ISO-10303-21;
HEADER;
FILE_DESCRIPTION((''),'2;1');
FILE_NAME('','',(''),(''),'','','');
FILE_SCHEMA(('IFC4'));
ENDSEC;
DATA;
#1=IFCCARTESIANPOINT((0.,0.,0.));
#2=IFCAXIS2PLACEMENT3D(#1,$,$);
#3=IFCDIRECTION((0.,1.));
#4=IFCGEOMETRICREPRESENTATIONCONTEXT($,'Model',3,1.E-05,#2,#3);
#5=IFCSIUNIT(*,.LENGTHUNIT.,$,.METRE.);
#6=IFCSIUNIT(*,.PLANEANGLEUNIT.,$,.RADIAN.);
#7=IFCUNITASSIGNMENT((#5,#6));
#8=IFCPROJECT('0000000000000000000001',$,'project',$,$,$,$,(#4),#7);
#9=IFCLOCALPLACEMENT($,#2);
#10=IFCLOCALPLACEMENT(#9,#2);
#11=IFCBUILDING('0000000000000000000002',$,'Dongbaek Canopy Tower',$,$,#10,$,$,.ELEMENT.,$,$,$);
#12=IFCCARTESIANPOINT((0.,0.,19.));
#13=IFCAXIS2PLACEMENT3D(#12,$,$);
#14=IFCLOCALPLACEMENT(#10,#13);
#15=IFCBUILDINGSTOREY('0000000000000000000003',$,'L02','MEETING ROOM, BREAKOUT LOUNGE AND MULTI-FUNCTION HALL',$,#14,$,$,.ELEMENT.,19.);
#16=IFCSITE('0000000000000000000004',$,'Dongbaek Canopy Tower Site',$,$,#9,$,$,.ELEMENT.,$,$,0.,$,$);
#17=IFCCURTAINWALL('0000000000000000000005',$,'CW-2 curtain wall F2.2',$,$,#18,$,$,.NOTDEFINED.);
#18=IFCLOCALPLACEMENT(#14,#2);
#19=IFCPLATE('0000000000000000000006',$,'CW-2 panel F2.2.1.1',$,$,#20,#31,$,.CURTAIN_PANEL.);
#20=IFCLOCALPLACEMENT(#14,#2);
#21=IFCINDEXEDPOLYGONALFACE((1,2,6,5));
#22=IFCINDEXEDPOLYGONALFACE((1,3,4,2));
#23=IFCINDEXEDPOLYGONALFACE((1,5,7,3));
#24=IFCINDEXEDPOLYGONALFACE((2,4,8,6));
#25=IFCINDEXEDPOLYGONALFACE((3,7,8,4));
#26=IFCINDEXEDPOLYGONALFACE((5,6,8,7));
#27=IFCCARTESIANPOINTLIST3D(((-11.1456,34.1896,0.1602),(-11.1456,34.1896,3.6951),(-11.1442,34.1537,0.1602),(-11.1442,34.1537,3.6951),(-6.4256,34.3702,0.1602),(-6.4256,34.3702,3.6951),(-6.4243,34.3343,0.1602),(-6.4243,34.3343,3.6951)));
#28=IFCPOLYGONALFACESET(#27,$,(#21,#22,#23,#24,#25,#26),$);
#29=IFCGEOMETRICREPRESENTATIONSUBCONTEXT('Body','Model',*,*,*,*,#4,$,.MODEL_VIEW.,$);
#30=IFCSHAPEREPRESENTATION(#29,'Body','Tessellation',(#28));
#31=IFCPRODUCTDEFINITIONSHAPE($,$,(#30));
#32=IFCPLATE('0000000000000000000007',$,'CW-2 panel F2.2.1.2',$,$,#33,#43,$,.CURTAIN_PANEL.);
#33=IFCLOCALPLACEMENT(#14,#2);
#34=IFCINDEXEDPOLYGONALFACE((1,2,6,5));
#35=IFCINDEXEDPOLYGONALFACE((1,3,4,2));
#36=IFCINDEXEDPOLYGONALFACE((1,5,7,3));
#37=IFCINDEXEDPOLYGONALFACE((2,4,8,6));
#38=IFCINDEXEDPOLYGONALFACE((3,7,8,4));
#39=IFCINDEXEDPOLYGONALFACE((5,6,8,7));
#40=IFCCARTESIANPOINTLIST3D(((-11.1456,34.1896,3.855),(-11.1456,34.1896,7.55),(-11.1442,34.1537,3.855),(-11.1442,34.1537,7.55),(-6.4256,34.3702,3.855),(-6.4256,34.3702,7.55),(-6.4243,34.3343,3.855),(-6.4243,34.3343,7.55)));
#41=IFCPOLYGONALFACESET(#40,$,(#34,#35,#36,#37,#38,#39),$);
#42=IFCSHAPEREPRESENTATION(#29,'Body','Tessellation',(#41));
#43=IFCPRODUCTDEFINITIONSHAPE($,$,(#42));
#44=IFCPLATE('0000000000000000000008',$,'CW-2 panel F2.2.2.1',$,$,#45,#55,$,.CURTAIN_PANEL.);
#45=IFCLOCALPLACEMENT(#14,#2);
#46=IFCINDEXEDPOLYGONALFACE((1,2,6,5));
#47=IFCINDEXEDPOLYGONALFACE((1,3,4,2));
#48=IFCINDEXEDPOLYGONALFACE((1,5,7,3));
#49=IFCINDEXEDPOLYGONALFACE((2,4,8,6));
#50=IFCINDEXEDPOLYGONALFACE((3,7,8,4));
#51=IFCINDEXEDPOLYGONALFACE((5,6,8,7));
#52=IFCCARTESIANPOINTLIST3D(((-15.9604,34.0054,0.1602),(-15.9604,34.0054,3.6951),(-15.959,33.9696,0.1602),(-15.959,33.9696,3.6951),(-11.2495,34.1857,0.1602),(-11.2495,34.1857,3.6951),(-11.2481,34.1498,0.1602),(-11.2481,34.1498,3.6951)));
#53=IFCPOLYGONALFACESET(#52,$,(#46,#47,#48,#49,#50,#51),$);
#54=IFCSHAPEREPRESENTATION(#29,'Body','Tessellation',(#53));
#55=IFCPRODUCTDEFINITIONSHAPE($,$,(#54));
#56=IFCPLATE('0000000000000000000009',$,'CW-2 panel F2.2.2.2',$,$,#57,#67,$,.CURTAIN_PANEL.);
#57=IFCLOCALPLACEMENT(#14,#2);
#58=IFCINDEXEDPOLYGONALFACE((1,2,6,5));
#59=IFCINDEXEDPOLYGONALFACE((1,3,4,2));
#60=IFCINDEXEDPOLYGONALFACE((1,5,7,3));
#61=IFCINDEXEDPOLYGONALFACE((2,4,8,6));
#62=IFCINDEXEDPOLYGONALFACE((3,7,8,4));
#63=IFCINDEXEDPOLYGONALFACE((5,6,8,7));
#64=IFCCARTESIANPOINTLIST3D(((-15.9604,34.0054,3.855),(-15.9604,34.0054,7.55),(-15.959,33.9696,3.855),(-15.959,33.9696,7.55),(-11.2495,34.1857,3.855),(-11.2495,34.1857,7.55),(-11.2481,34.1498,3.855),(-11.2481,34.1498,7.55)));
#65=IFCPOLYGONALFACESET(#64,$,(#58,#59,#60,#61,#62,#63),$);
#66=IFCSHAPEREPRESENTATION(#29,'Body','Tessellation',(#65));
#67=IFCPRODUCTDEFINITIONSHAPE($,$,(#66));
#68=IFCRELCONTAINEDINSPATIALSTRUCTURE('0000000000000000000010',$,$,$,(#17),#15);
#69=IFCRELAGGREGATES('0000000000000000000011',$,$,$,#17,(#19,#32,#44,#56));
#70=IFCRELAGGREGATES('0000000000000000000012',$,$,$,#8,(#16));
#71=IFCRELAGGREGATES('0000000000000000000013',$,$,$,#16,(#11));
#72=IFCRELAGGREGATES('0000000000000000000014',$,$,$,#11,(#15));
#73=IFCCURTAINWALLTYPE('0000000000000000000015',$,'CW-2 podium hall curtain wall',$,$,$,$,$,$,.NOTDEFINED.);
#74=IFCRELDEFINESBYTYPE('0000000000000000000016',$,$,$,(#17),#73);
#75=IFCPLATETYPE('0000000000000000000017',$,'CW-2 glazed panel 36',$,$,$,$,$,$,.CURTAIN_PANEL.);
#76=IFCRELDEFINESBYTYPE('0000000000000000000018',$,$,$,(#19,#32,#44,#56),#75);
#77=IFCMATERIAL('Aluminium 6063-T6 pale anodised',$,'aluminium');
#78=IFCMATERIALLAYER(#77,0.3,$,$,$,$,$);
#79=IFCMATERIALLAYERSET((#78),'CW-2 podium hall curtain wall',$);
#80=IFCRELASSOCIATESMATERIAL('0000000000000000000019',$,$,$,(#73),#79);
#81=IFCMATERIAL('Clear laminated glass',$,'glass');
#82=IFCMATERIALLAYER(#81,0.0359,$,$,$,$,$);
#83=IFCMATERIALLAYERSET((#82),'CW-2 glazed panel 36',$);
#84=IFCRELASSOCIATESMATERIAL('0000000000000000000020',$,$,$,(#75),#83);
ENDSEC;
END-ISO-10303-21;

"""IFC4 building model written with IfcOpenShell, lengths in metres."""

from ifc_helpers import new_model, si_unit, direction, frame, origin, origin_2d, place, context, subcontext, project, spatial, rectangle, extrude, material, layer, layer_set, type_object, element, aggregate, save


model = new_model("IFC4")

# Units and contexts
model_context = context("Model", 3, precision=1e-05, world=origin(), true_north=direction((0.0, 1.0)))
body_context = subcontext(model_context, "Body", "Model", "MODEL_VIEW")
ifc_project = project(units=[si_unit("LENGTHUNIT", "METRE"), si_unit("PLANEANGLEUNIT", "RADIAN")], contexts=[model_context])

# Site, building, storey
site_placement = place(None, origin())
site = spatial("IfcSite", under=ifc_project, at=site_placement, Name="Dongbaek Canopy Tower Site", CompositionType="ELEMENT", RefElevation=0.0)
building_placement = place(site_placement, origin())
building = spatial("IfcBuilding", under=site, at=building_placement, Name="Dongbaek Canopy Tower", CompositionType="ELEMENT")
storey_placement = place(building_placement, frame((0.0, 0.0, 19.0)))
storey = spatial("IfcBuildingStorey", under=building, at=storey_placement, Name="L02", Description="MEETING ROOM, BREAKOUT LOUNGE AND MULTI-FUNCTION HALL", CompositionType="ELEMENT", Elevation=19.0)

# Curtain wall
ifc_material_1 = material(Name="Aluminium 6063-T6 pale anodised", Category="aluminium")
ifc_layer_1 = layer(ifc_material_1, 0.3)
ifc_layer_set_1 = layer_set([ifc_layer_1], Name="CW-2 podium hall curtain wall")
curtain_wall_type = type_object("IfcCurtainWallType", Name="CW-2 podium hall curtain wall", PredefinedType="NOTDEFINED", material=ifc_layer_set_1)
curtain_wall_1_placement = place(storey_placement, origin())
curtain_wall_1 = element("IfcCurtainWall", 1, at=curtain_wall_1_placement, inside=storey, type_object=curtain_wall_type, Name="CW-2 curtain wall F2.2", PredefinedType="NOTDEFINED")

# Plates
ifc_material_2 = material(Name="Clear laminated glass", Category="glass")
ifc_layer_2 = layer(ifc_material_2, 0.0359)
ifc_layer_set_2 = layer_set([ifc_layer_2], Name="CW-2 glazed panel 36")
plate_type = type_object("IfcPlateType", Name="CW-2 glazed panel 36", PredefinedType="CURTAIN_PANEL", material=ifc_layer_set_2)
plate_1_placement = place(storey_placement, frame((-8.7849, 34.262, 0.1602), z_axis=(0.0, 0.0, 1.0), x_axis=(-0.999269, -0.038232, 0.0)))
plate_1 = element("IfcPlate", 2, at=plate_1_placement, type_object=plate_type, Name="CW-2 panel F2.2.1.1", PredefinedType="CURTAIN_PANEL", context=body_context, shape_type="SweptSolid", body=[
    extrude(rectangle(XDim=4.7234, YDim=0.0359, at=origin_2d()), origin(), (0.0, 0.0, 1.0), 3.5349),
])
plate_2_placement = place(storey_placement, frame((-8.7849, 34.262, 3.855), z_axis=(0.0, 0.0, 1.0), x_axis=(-0.999269, -0.038232, 0.0)))
plate_2 = element("IfcPlate", 3, at=plate_2_placement, type_object=plate_type, Name="CW-2 panel F2.2.1.2", PredefinedType="CURTAIN_PANEL", context=body_context, shape_type="SweptSolid", body=[
    extrude(rectangle(XDim=4.7234, YDim=0.0359, at=origin_2d()), origin(), (0.0, 0.0, 1.0), 3.6951),
])
plate_3_placement = place(storey_placement, frame((-13.6042, 34.0776, 0.1602), z_axis=(0.0, 0.0, 1.0), x_axis=(-0.999269, -0.038232, 0.0)))
plate_3 = element("IfcPlate", 4, at=plate_3_placement, type_object=plate_type, Name="CW-2 panel F2.2.2.1", PredefinedType="CURTAIN_PANEL", context=body_context, shape_type="SweptSolid", body=[
    extrude(rectangle(XDim=4.7144, YDim=0.0359, at=origin_2d()), origin(), (0.0, 0.0, 1.0), 3.5349),
])
plate_4_placement = place(storey_placement, frame((-13.6042, 34.0776, 3.855), z_axis=(0.0, 0.0, 1.0), x_axis=(-0.999269, -0.038232, 0.0)))
plate_4 = element("IfcPlate", 5, at=plate_4_placement, type_object=plate_type, Name="CW-2 panel F2.2.2.2", PredefinedType="CURTAIN_PANEL", context=body_context, shape_type="SweptSolid", body=[
    extrude(rectangle(XDim=4.7144, YDim=0.0359, at=origin_2d()), origin(), (0.0, 0.0, 1.0), 3.6951),
])
aggregate(curtain_wall_1, [plate_1, plate_2, plate_3, plate_4])

save(model, "model.ifc")
